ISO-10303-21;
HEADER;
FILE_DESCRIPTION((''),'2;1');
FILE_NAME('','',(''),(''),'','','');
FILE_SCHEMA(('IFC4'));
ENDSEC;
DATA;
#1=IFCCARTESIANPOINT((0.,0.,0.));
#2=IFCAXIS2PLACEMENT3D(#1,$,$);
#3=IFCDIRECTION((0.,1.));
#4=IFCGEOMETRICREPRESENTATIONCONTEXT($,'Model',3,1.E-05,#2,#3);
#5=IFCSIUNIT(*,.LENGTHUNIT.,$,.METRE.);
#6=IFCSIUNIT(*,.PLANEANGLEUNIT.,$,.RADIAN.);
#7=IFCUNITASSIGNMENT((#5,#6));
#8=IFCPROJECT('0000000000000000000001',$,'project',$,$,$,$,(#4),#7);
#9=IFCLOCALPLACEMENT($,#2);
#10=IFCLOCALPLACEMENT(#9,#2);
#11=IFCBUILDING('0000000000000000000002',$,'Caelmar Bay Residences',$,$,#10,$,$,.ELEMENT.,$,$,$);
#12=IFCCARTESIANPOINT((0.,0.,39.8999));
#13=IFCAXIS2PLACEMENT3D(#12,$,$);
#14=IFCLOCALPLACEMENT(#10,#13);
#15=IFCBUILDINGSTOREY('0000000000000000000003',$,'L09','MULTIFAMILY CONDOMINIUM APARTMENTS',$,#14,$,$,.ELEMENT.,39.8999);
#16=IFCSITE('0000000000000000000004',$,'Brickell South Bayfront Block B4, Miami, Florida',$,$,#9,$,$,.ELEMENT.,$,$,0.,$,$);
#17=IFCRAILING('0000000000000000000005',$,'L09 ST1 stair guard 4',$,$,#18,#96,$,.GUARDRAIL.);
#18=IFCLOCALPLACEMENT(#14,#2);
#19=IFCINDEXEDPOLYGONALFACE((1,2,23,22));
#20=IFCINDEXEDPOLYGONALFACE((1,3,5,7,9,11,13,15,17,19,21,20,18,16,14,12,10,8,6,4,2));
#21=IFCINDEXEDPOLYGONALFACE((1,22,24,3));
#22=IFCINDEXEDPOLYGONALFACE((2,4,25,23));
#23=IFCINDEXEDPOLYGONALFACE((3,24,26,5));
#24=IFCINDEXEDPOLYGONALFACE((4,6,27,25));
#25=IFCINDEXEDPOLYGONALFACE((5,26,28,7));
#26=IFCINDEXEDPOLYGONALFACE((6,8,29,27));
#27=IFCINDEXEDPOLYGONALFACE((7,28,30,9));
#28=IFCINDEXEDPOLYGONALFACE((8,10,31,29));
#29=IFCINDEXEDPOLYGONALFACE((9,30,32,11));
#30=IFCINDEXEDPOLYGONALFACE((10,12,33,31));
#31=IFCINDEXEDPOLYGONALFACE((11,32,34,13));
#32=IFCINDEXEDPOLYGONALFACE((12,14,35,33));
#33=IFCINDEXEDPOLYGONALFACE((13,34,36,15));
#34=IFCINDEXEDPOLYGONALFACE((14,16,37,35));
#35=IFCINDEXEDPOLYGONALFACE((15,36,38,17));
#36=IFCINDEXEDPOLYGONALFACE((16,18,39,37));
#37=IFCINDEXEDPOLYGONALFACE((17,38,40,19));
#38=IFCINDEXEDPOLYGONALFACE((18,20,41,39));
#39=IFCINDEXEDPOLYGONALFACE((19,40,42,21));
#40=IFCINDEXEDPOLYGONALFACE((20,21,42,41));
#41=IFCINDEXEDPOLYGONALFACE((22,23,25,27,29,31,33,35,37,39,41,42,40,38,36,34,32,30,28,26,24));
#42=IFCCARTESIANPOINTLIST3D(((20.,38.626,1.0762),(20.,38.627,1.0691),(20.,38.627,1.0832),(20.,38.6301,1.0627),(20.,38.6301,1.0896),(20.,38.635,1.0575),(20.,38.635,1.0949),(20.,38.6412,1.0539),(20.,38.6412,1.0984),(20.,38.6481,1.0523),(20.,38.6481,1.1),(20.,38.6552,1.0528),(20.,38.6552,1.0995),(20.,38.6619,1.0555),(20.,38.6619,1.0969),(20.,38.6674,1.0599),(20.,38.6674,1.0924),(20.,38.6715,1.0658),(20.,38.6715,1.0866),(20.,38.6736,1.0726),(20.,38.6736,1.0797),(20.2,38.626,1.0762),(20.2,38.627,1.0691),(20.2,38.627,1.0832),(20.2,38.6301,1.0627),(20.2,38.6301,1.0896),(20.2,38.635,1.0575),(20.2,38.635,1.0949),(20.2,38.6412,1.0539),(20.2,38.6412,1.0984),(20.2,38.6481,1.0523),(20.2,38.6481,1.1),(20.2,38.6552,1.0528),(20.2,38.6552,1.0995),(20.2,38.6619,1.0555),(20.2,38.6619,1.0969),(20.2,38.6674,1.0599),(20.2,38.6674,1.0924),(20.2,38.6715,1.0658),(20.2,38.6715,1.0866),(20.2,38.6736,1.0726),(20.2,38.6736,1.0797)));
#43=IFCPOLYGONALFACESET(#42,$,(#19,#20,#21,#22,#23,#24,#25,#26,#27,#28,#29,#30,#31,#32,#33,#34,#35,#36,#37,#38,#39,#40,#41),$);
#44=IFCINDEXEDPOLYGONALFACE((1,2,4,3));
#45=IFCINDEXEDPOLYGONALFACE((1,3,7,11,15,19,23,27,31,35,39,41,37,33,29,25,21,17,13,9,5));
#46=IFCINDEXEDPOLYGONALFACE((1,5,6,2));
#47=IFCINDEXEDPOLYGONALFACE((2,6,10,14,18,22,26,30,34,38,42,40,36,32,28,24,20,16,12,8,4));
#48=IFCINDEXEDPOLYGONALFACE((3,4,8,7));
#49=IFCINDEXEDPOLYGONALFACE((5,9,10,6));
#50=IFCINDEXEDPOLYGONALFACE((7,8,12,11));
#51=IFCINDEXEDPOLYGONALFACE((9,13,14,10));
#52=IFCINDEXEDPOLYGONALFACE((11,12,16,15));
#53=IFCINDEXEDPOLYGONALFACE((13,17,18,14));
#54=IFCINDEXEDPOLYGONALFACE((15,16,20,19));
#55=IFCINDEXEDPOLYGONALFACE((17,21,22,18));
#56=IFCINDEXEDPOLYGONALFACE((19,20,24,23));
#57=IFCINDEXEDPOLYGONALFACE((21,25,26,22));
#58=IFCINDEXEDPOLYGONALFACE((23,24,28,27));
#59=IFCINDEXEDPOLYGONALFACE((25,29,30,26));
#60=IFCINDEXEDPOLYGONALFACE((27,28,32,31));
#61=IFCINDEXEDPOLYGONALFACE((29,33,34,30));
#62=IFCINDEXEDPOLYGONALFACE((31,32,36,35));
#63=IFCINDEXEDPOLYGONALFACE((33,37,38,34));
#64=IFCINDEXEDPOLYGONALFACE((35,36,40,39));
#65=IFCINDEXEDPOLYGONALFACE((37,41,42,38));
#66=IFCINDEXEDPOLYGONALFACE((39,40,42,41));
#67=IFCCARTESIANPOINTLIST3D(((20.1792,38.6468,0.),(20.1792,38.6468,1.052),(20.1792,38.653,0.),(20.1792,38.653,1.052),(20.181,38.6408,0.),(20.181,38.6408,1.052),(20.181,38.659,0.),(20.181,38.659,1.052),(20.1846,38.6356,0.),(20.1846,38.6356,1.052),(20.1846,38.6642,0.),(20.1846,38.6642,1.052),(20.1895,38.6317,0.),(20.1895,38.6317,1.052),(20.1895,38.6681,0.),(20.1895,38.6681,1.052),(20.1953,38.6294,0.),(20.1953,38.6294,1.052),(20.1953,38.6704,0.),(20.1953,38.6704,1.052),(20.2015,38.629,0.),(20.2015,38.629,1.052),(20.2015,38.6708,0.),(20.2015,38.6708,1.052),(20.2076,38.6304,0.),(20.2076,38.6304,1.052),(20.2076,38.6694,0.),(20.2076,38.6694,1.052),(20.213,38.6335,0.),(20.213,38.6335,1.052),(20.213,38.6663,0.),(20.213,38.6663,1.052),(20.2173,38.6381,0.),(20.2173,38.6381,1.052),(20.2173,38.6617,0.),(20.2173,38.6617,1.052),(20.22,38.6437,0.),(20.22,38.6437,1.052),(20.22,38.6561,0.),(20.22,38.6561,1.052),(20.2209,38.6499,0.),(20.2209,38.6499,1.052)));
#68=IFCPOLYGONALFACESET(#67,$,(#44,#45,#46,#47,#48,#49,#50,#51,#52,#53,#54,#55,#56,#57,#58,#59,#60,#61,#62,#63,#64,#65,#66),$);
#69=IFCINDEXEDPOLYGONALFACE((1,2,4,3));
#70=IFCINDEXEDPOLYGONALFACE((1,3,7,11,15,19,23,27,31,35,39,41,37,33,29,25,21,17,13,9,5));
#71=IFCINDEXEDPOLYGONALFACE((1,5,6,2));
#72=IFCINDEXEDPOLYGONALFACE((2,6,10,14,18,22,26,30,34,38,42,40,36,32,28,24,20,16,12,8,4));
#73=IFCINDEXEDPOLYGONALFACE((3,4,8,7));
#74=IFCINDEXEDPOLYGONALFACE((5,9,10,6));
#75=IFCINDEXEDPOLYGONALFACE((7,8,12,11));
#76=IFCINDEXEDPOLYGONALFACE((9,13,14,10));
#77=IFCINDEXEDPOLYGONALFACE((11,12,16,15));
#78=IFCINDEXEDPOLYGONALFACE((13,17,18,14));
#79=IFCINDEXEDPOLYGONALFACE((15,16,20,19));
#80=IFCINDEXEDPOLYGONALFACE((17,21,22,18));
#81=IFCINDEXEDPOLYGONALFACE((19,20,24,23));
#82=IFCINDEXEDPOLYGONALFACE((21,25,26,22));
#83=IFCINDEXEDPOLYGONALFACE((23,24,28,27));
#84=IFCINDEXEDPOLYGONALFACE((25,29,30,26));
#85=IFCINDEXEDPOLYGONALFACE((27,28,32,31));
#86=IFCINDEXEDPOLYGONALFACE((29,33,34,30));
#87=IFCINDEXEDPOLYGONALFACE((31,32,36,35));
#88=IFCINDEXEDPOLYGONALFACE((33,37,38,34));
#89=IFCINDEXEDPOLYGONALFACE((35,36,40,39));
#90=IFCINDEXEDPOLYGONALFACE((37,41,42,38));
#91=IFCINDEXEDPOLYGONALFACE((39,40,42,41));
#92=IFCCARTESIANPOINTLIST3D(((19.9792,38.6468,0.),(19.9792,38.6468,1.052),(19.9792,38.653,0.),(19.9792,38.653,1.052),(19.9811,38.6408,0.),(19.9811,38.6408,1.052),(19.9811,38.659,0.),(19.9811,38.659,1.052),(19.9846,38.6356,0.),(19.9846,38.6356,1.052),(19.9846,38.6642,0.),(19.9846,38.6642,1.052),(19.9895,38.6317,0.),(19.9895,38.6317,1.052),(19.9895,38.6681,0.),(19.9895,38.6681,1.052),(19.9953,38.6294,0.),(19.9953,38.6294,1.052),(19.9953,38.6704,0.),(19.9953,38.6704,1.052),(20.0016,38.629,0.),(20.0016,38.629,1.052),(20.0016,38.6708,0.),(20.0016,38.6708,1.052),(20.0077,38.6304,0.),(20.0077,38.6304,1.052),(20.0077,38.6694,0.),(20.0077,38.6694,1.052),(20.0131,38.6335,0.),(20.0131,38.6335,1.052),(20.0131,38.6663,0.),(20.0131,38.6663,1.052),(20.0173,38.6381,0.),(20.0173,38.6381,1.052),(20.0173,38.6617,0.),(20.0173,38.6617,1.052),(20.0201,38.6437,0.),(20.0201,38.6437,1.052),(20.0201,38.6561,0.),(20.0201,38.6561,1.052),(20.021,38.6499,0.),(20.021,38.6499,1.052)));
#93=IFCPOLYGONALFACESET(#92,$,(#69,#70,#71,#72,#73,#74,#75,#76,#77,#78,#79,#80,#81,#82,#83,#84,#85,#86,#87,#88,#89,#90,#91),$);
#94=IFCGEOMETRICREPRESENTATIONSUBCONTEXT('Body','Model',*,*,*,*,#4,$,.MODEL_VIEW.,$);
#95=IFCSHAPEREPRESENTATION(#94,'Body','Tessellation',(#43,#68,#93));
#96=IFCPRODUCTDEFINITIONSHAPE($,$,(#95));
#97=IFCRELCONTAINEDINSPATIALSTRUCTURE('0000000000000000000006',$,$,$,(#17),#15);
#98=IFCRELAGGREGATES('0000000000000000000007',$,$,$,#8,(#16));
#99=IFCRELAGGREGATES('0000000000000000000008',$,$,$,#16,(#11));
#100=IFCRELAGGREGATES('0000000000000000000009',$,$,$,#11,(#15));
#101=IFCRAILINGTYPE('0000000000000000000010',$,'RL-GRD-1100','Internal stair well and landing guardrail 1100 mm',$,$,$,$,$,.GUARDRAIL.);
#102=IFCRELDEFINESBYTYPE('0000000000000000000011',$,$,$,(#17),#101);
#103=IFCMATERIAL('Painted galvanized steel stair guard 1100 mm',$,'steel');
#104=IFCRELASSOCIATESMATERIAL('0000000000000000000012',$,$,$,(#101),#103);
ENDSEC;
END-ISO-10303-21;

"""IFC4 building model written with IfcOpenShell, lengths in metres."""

from ifc_helpers import new_model, si_unit, direction, frame, origin, origin_2d, place, context, subcontext, project, spatial, circle, extrude, material, type_object, element, save


model = new_model("IFC4")

# Units and contexts
model_context = context("Model", 3, precision=1e-05, world=origin(), true_north=direction((0.0, 1.0)))
body_context = subcontext(model_context, "Body", "Model", "MODEL_VIEW")
ifc_project = project(units=[si_unit("LENGTHUNIT", "METRE"), si_unit("PLANEANGLEUNIT", "RADIAN")], contexts=[model_context])

# Site, building, storey
site_placement = place(None, origin())
site = spatial("IfcSite", under=ifc_project, at=site_placement, Name="Brickell South Bayfront Block B4, Miami, Florida", CompositionType="ELEMENT", RefElevation=0.0)
building_placement = place(site_placement, origin())
building = spatial("IfcBuilding", under=site, at=building_placement, Name="Caelmar Bay Residences", CompositionType="ELEMENT")
storey_placement = place(building_placement, frame((0.0, 0.0, 39.8999)))
storey = spatial("IfcBuildingStorey", under=building, at=storey_placement, Name="L09", Description="MULTIFAMILY CONDOMINIUM APARTMENTS", CompositionType="ELEMENT", Elevation=39.8999)

# Railing
ifc_material_1 = material(Name="Painted galvanized steel stair guard 1100 mm", Category="steel")
railing_type_1 = type_object("IfcRailingType", Name="RL-GRD-1100", Description="Internal stair well and landing guardrail 1100 mm", PredefinedType="GUARDRAIL", material=ifc_material_1)
railing_1_placement = place(storey_placement, frame((20.2, 38.6499, 0.0)))
element("IfcRailing", 1, at=railing_1_placement, inside=storey, type_object=railing_type_1, Name="L09 ST1 stair guard 4", PredefinedType="GUARDRAIL", context=body_context, shape_type="SweptSolid", body=[
    extrude(circle(Radius=0.0239, at=origin_2d()), frame((0.0, 0.0, 1.0762), z_axis=(-1.0, 0.0, 0.0), x_axis=(0.0, -1.0, 0.0)), (0.0, 0.0, 1.0), 0.2),
    extrude(circle(Radius=0.021, at=origin_2d()), origin(), (0.0, 0.0, 1.0), 1.052),
    extrude(circle(Radius=0.021, at=origin_2d()), frame((-0.2, 0.0, 0.0)), (0.0, 0.0, 1.0), 1.052),
])

save(model, "model.ifc")
